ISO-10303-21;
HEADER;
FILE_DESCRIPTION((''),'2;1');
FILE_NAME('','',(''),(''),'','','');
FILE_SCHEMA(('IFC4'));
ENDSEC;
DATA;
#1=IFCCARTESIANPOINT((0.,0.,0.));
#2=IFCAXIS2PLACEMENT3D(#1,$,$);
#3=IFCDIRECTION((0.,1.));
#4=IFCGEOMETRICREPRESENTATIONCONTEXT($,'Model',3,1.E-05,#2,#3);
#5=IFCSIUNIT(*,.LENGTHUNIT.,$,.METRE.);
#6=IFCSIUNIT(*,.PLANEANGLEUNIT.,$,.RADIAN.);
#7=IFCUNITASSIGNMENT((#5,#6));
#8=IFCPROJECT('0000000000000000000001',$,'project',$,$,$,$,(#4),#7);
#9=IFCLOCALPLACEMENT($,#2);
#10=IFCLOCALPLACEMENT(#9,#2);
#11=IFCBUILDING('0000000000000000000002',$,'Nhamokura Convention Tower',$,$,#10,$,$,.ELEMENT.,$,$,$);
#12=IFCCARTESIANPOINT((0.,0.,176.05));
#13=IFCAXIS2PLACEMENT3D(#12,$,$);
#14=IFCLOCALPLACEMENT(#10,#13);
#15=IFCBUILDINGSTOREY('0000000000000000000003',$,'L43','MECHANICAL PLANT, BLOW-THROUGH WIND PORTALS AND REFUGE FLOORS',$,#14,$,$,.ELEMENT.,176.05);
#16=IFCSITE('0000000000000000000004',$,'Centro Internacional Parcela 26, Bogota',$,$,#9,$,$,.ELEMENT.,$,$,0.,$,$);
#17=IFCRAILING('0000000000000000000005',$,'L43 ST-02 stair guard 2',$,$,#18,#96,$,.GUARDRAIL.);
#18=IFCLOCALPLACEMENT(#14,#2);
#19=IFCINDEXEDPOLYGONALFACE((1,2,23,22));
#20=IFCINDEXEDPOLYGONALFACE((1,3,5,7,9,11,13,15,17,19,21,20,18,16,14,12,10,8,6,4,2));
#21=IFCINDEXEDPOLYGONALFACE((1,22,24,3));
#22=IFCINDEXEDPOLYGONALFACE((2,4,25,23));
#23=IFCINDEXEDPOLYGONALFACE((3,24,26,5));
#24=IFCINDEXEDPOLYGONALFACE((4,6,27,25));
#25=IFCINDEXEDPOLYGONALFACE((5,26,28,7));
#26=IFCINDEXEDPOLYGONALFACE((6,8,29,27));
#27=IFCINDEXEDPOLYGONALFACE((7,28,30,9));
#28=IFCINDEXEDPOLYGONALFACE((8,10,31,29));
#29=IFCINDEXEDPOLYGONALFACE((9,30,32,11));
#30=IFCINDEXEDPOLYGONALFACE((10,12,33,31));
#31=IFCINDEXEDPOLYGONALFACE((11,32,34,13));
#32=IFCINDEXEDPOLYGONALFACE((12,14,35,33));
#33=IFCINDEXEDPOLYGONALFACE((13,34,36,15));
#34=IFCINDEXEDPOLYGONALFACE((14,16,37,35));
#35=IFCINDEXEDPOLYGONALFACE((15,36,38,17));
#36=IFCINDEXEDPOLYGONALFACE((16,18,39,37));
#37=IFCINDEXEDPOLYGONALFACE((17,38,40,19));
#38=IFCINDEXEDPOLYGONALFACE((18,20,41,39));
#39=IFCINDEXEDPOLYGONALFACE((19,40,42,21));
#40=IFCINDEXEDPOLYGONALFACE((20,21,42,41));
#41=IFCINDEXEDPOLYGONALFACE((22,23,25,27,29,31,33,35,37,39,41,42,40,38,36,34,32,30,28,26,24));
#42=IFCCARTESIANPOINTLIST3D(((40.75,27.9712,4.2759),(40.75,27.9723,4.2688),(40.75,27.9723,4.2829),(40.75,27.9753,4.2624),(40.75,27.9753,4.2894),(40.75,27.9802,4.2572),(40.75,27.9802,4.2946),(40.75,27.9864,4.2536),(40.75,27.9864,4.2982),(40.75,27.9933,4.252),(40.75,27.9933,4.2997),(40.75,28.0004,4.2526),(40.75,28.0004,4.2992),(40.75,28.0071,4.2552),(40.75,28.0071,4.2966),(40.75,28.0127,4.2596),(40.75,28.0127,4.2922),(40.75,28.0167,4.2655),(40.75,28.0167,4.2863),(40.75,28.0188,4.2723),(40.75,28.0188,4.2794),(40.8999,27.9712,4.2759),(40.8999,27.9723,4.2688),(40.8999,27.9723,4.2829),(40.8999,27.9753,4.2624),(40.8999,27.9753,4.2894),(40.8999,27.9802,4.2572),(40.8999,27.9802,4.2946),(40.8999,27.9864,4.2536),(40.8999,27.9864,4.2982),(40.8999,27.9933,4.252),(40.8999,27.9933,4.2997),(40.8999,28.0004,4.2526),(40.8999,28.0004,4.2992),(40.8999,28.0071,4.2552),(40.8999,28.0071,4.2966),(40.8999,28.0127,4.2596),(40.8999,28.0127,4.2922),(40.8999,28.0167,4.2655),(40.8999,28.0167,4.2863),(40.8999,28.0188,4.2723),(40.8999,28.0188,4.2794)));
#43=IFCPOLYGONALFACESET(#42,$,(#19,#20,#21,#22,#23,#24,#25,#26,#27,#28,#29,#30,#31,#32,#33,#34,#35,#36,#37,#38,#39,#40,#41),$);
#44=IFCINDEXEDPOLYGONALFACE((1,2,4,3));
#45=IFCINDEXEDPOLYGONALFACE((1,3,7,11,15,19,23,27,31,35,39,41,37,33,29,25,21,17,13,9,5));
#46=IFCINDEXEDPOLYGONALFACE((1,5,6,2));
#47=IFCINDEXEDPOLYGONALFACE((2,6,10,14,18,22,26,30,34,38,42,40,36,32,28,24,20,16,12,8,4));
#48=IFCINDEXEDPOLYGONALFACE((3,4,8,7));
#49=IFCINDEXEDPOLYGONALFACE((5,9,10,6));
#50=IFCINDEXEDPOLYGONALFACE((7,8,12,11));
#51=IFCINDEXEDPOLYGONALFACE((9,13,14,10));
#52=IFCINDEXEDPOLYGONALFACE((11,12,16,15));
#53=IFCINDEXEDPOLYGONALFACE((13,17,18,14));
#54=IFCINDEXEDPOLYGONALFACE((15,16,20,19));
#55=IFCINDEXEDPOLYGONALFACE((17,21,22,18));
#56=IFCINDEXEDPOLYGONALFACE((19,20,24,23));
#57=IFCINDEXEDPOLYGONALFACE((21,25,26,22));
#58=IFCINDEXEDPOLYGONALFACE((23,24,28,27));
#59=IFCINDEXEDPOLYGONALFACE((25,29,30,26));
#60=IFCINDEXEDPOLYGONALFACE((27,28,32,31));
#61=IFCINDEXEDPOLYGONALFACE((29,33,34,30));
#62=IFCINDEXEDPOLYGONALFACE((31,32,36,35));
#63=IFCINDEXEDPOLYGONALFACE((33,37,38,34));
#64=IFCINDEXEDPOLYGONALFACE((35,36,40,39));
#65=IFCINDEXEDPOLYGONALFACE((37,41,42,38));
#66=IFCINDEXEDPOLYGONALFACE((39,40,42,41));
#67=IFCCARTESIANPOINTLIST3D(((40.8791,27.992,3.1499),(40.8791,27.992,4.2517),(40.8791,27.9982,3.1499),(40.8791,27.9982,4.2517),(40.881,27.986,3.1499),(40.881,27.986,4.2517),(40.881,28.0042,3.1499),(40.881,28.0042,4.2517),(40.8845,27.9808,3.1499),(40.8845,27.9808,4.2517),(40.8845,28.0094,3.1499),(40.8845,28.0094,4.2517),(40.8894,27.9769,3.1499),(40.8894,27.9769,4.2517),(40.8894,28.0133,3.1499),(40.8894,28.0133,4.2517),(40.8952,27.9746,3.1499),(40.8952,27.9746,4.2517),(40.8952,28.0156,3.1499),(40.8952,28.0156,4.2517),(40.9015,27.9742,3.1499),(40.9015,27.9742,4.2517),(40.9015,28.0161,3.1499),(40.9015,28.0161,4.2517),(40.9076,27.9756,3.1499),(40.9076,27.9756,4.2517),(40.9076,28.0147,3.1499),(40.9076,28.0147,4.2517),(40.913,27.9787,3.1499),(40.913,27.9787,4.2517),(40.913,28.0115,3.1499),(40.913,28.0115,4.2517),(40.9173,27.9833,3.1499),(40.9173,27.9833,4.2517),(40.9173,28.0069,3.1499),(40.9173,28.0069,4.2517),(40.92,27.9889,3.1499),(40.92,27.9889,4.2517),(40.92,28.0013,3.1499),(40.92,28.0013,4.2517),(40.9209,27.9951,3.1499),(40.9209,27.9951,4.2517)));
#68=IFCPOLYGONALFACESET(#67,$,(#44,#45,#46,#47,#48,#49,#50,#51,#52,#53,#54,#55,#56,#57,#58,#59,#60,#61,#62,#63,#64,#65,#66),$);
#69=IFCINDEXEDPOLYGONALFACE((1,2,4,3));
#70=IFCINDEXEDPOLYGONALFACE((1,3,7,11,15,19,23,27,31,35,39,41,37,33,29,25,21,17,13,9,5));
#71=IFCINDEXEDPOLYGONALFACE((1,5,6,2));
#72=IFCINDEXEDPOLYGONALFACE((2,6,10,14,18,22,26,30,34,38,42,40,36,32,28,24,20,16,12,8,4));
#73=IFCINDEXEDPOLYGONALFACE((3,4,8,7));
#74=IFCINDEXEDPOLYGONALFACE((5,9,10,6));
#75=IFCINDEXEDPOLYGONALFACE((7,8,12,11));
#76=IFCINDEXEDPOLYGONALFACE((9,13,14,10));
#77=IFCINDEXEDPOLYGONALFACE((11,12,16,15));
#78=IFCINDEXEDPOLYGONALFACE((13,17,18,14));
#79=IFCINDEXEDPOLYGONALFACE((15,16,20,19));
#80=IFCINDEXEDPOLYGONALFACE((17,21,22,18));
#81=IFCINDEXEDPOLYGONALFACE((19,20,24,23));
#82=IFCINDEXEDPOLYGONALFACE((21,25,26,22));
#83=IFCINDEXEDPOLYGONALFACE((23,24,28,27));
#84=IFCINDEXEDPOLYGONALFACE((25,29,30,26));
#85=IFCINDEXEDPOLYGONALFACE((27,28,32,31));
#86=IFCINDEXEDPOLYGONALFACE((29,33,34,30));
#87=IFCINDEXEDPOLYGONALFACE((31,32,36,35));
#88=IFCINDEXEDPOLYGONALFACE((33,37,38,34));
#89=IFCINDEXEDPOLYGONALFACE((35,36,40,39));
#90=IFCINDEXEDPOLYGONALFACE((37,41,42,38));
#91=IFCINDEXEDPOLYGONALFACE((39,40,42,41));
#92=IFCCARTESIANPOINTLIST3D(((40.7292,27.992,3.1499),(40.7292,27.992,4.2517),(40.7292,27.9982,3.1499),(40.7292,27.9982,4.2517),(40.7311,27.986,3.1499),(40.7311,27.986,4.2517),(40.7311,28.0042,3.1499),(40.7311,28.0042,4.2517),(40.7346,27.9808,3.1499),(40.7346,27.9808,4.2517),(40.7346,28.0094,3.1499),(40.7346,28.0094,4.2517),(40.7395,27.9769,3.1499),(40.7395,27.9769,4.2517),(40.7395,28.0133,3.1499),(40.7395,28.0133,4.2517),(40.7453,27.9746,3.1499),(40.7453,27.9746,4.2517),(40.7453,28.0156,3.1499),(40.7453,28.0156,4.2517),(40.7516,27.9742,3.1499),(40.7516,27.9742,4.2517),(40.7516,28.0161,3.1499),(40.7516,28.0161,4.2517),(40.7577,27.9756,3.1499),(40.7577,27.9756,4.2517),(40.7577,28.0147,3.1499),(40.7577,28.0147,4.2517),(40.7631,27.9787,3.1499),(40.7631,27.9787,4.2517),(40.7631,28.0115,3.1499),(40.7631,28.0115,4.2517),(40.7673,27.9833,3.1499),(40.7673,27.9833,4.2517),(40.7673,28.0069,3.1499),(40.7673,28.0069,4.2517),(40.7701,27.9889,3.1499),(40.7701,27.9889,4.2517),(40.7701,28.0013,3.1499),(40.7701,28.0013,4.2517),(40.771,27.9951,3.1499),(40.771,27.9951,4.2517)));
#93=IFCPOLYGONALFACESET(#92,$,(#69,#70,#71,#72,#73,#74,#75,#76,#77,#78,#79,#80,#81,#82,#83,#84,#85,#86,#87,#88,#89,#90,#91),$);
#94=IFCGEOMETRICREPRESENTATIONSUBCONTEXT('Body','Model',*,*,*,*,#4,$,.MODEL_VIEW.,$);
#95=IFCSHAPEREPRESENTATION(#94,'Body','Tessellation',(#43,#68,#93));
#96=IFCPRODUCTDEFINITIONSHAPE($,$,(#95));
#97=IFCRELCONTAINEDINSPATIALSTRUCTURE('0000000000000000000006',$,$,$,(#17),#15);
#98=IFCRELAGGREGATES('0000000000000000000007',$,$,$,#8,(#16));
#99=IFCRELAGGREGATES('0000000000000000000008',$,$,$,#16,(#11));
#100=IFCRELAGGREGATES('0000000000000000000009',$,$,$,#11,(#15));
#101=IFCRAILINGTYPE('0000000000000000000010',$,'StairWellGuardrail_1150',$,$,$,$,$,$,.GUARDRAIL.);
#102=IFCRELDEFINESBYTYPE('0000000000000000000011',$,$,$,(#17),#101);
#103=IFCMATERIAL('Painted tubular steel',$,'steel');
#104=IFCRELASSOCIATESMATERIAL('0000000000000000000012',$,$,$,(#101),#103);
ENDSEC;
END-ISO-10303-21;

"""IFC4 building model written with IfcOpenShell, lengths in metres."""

from ifc_helpers import new_model, si_unit, direction, frame, origin, origin_2d, place, context, subcontext, project, spatial, circle, extrude, material, type_object, element, save


model = new_model("IFC4")

# Units and contexts
model_context = context("Model", 3, precision=1e-05, world=origin(), true_north=direction((0.0, 1.0)))
body_context = subcontext(model_context, "Body", "Model", "MODEL_VIEW")
ifc_project = project(units=[si_unit("LENGTHUNIT", "METRE"), si_unit("PLANEANGLEUNIT", "RADIAN")], contexts=[model_context])

# Site, building, storey
site_placement = place(None, origin())
site = spatial("IfcSite", under=ifc_project, at=site_placement, Name="Centro Internacional Parcela 26, Bogota", CompositionType="ELEMENT", RefElevation=0.0)
building_placement = place(site_placement, origin())
building = spatial("IfcBuilding", under=site, at=building_placement, Name="Nhamokura Convention Tower", CompositionType="ELEMENT")
storey_placement = place(building_placement, frame((0.0, 0.0, 176.05)))
storey = spatial("IfcBuildingStorey", under=building, at=storey_placement, Name="L43", Description="MECHANICAL PLANT, BLOW-THROUGH WIND PORTALS AND REFUGE FLOORS", CompositionType="ELEMENT", Elevation=176.05)

# Railing
ifc_material_1 = material(Name="Painted tubular steel", Category="steel")
railing_type_1 = type_object("IfcRailingType", Name="StairWellGuardrail_1150", PredefinedType="GUARDRAIL", material=ifc_material_1)
railing_1_placement = place(storey_placement, frame((40.8999, 27.9951, 3.1499)))
element("IfcRailing", 1, at=railing_1_placement, inside=storey, type_object=railing_type_1, Name="L43 ST-02 stair guard 2", PredefinedType="GUARDRAIL", context=body_context, shape_type="SweptSolid", body=[
    extrude(circle(Radius=0.0239, at=origin_2d()), frame((0.0, 0.0, 1.126), z_axis=(-1.0, 0.0, 0.0), x_axis=(0.0, -1.0, 0.0)), (0.0, 0.0, 1.0), 0.1499),
    extrude(circle(Radius=0.021, at=origin_2d()), origin(), (0.0, 0.0, 1.0), 1.1018),
    extrude(circle(Radius=0.021, at=origin_2d()), frame((-0.1499, 0.0, 0.0)), (0.0, 0.0, 1.0), 1.1018),
])

save(model, "model.ifc")
